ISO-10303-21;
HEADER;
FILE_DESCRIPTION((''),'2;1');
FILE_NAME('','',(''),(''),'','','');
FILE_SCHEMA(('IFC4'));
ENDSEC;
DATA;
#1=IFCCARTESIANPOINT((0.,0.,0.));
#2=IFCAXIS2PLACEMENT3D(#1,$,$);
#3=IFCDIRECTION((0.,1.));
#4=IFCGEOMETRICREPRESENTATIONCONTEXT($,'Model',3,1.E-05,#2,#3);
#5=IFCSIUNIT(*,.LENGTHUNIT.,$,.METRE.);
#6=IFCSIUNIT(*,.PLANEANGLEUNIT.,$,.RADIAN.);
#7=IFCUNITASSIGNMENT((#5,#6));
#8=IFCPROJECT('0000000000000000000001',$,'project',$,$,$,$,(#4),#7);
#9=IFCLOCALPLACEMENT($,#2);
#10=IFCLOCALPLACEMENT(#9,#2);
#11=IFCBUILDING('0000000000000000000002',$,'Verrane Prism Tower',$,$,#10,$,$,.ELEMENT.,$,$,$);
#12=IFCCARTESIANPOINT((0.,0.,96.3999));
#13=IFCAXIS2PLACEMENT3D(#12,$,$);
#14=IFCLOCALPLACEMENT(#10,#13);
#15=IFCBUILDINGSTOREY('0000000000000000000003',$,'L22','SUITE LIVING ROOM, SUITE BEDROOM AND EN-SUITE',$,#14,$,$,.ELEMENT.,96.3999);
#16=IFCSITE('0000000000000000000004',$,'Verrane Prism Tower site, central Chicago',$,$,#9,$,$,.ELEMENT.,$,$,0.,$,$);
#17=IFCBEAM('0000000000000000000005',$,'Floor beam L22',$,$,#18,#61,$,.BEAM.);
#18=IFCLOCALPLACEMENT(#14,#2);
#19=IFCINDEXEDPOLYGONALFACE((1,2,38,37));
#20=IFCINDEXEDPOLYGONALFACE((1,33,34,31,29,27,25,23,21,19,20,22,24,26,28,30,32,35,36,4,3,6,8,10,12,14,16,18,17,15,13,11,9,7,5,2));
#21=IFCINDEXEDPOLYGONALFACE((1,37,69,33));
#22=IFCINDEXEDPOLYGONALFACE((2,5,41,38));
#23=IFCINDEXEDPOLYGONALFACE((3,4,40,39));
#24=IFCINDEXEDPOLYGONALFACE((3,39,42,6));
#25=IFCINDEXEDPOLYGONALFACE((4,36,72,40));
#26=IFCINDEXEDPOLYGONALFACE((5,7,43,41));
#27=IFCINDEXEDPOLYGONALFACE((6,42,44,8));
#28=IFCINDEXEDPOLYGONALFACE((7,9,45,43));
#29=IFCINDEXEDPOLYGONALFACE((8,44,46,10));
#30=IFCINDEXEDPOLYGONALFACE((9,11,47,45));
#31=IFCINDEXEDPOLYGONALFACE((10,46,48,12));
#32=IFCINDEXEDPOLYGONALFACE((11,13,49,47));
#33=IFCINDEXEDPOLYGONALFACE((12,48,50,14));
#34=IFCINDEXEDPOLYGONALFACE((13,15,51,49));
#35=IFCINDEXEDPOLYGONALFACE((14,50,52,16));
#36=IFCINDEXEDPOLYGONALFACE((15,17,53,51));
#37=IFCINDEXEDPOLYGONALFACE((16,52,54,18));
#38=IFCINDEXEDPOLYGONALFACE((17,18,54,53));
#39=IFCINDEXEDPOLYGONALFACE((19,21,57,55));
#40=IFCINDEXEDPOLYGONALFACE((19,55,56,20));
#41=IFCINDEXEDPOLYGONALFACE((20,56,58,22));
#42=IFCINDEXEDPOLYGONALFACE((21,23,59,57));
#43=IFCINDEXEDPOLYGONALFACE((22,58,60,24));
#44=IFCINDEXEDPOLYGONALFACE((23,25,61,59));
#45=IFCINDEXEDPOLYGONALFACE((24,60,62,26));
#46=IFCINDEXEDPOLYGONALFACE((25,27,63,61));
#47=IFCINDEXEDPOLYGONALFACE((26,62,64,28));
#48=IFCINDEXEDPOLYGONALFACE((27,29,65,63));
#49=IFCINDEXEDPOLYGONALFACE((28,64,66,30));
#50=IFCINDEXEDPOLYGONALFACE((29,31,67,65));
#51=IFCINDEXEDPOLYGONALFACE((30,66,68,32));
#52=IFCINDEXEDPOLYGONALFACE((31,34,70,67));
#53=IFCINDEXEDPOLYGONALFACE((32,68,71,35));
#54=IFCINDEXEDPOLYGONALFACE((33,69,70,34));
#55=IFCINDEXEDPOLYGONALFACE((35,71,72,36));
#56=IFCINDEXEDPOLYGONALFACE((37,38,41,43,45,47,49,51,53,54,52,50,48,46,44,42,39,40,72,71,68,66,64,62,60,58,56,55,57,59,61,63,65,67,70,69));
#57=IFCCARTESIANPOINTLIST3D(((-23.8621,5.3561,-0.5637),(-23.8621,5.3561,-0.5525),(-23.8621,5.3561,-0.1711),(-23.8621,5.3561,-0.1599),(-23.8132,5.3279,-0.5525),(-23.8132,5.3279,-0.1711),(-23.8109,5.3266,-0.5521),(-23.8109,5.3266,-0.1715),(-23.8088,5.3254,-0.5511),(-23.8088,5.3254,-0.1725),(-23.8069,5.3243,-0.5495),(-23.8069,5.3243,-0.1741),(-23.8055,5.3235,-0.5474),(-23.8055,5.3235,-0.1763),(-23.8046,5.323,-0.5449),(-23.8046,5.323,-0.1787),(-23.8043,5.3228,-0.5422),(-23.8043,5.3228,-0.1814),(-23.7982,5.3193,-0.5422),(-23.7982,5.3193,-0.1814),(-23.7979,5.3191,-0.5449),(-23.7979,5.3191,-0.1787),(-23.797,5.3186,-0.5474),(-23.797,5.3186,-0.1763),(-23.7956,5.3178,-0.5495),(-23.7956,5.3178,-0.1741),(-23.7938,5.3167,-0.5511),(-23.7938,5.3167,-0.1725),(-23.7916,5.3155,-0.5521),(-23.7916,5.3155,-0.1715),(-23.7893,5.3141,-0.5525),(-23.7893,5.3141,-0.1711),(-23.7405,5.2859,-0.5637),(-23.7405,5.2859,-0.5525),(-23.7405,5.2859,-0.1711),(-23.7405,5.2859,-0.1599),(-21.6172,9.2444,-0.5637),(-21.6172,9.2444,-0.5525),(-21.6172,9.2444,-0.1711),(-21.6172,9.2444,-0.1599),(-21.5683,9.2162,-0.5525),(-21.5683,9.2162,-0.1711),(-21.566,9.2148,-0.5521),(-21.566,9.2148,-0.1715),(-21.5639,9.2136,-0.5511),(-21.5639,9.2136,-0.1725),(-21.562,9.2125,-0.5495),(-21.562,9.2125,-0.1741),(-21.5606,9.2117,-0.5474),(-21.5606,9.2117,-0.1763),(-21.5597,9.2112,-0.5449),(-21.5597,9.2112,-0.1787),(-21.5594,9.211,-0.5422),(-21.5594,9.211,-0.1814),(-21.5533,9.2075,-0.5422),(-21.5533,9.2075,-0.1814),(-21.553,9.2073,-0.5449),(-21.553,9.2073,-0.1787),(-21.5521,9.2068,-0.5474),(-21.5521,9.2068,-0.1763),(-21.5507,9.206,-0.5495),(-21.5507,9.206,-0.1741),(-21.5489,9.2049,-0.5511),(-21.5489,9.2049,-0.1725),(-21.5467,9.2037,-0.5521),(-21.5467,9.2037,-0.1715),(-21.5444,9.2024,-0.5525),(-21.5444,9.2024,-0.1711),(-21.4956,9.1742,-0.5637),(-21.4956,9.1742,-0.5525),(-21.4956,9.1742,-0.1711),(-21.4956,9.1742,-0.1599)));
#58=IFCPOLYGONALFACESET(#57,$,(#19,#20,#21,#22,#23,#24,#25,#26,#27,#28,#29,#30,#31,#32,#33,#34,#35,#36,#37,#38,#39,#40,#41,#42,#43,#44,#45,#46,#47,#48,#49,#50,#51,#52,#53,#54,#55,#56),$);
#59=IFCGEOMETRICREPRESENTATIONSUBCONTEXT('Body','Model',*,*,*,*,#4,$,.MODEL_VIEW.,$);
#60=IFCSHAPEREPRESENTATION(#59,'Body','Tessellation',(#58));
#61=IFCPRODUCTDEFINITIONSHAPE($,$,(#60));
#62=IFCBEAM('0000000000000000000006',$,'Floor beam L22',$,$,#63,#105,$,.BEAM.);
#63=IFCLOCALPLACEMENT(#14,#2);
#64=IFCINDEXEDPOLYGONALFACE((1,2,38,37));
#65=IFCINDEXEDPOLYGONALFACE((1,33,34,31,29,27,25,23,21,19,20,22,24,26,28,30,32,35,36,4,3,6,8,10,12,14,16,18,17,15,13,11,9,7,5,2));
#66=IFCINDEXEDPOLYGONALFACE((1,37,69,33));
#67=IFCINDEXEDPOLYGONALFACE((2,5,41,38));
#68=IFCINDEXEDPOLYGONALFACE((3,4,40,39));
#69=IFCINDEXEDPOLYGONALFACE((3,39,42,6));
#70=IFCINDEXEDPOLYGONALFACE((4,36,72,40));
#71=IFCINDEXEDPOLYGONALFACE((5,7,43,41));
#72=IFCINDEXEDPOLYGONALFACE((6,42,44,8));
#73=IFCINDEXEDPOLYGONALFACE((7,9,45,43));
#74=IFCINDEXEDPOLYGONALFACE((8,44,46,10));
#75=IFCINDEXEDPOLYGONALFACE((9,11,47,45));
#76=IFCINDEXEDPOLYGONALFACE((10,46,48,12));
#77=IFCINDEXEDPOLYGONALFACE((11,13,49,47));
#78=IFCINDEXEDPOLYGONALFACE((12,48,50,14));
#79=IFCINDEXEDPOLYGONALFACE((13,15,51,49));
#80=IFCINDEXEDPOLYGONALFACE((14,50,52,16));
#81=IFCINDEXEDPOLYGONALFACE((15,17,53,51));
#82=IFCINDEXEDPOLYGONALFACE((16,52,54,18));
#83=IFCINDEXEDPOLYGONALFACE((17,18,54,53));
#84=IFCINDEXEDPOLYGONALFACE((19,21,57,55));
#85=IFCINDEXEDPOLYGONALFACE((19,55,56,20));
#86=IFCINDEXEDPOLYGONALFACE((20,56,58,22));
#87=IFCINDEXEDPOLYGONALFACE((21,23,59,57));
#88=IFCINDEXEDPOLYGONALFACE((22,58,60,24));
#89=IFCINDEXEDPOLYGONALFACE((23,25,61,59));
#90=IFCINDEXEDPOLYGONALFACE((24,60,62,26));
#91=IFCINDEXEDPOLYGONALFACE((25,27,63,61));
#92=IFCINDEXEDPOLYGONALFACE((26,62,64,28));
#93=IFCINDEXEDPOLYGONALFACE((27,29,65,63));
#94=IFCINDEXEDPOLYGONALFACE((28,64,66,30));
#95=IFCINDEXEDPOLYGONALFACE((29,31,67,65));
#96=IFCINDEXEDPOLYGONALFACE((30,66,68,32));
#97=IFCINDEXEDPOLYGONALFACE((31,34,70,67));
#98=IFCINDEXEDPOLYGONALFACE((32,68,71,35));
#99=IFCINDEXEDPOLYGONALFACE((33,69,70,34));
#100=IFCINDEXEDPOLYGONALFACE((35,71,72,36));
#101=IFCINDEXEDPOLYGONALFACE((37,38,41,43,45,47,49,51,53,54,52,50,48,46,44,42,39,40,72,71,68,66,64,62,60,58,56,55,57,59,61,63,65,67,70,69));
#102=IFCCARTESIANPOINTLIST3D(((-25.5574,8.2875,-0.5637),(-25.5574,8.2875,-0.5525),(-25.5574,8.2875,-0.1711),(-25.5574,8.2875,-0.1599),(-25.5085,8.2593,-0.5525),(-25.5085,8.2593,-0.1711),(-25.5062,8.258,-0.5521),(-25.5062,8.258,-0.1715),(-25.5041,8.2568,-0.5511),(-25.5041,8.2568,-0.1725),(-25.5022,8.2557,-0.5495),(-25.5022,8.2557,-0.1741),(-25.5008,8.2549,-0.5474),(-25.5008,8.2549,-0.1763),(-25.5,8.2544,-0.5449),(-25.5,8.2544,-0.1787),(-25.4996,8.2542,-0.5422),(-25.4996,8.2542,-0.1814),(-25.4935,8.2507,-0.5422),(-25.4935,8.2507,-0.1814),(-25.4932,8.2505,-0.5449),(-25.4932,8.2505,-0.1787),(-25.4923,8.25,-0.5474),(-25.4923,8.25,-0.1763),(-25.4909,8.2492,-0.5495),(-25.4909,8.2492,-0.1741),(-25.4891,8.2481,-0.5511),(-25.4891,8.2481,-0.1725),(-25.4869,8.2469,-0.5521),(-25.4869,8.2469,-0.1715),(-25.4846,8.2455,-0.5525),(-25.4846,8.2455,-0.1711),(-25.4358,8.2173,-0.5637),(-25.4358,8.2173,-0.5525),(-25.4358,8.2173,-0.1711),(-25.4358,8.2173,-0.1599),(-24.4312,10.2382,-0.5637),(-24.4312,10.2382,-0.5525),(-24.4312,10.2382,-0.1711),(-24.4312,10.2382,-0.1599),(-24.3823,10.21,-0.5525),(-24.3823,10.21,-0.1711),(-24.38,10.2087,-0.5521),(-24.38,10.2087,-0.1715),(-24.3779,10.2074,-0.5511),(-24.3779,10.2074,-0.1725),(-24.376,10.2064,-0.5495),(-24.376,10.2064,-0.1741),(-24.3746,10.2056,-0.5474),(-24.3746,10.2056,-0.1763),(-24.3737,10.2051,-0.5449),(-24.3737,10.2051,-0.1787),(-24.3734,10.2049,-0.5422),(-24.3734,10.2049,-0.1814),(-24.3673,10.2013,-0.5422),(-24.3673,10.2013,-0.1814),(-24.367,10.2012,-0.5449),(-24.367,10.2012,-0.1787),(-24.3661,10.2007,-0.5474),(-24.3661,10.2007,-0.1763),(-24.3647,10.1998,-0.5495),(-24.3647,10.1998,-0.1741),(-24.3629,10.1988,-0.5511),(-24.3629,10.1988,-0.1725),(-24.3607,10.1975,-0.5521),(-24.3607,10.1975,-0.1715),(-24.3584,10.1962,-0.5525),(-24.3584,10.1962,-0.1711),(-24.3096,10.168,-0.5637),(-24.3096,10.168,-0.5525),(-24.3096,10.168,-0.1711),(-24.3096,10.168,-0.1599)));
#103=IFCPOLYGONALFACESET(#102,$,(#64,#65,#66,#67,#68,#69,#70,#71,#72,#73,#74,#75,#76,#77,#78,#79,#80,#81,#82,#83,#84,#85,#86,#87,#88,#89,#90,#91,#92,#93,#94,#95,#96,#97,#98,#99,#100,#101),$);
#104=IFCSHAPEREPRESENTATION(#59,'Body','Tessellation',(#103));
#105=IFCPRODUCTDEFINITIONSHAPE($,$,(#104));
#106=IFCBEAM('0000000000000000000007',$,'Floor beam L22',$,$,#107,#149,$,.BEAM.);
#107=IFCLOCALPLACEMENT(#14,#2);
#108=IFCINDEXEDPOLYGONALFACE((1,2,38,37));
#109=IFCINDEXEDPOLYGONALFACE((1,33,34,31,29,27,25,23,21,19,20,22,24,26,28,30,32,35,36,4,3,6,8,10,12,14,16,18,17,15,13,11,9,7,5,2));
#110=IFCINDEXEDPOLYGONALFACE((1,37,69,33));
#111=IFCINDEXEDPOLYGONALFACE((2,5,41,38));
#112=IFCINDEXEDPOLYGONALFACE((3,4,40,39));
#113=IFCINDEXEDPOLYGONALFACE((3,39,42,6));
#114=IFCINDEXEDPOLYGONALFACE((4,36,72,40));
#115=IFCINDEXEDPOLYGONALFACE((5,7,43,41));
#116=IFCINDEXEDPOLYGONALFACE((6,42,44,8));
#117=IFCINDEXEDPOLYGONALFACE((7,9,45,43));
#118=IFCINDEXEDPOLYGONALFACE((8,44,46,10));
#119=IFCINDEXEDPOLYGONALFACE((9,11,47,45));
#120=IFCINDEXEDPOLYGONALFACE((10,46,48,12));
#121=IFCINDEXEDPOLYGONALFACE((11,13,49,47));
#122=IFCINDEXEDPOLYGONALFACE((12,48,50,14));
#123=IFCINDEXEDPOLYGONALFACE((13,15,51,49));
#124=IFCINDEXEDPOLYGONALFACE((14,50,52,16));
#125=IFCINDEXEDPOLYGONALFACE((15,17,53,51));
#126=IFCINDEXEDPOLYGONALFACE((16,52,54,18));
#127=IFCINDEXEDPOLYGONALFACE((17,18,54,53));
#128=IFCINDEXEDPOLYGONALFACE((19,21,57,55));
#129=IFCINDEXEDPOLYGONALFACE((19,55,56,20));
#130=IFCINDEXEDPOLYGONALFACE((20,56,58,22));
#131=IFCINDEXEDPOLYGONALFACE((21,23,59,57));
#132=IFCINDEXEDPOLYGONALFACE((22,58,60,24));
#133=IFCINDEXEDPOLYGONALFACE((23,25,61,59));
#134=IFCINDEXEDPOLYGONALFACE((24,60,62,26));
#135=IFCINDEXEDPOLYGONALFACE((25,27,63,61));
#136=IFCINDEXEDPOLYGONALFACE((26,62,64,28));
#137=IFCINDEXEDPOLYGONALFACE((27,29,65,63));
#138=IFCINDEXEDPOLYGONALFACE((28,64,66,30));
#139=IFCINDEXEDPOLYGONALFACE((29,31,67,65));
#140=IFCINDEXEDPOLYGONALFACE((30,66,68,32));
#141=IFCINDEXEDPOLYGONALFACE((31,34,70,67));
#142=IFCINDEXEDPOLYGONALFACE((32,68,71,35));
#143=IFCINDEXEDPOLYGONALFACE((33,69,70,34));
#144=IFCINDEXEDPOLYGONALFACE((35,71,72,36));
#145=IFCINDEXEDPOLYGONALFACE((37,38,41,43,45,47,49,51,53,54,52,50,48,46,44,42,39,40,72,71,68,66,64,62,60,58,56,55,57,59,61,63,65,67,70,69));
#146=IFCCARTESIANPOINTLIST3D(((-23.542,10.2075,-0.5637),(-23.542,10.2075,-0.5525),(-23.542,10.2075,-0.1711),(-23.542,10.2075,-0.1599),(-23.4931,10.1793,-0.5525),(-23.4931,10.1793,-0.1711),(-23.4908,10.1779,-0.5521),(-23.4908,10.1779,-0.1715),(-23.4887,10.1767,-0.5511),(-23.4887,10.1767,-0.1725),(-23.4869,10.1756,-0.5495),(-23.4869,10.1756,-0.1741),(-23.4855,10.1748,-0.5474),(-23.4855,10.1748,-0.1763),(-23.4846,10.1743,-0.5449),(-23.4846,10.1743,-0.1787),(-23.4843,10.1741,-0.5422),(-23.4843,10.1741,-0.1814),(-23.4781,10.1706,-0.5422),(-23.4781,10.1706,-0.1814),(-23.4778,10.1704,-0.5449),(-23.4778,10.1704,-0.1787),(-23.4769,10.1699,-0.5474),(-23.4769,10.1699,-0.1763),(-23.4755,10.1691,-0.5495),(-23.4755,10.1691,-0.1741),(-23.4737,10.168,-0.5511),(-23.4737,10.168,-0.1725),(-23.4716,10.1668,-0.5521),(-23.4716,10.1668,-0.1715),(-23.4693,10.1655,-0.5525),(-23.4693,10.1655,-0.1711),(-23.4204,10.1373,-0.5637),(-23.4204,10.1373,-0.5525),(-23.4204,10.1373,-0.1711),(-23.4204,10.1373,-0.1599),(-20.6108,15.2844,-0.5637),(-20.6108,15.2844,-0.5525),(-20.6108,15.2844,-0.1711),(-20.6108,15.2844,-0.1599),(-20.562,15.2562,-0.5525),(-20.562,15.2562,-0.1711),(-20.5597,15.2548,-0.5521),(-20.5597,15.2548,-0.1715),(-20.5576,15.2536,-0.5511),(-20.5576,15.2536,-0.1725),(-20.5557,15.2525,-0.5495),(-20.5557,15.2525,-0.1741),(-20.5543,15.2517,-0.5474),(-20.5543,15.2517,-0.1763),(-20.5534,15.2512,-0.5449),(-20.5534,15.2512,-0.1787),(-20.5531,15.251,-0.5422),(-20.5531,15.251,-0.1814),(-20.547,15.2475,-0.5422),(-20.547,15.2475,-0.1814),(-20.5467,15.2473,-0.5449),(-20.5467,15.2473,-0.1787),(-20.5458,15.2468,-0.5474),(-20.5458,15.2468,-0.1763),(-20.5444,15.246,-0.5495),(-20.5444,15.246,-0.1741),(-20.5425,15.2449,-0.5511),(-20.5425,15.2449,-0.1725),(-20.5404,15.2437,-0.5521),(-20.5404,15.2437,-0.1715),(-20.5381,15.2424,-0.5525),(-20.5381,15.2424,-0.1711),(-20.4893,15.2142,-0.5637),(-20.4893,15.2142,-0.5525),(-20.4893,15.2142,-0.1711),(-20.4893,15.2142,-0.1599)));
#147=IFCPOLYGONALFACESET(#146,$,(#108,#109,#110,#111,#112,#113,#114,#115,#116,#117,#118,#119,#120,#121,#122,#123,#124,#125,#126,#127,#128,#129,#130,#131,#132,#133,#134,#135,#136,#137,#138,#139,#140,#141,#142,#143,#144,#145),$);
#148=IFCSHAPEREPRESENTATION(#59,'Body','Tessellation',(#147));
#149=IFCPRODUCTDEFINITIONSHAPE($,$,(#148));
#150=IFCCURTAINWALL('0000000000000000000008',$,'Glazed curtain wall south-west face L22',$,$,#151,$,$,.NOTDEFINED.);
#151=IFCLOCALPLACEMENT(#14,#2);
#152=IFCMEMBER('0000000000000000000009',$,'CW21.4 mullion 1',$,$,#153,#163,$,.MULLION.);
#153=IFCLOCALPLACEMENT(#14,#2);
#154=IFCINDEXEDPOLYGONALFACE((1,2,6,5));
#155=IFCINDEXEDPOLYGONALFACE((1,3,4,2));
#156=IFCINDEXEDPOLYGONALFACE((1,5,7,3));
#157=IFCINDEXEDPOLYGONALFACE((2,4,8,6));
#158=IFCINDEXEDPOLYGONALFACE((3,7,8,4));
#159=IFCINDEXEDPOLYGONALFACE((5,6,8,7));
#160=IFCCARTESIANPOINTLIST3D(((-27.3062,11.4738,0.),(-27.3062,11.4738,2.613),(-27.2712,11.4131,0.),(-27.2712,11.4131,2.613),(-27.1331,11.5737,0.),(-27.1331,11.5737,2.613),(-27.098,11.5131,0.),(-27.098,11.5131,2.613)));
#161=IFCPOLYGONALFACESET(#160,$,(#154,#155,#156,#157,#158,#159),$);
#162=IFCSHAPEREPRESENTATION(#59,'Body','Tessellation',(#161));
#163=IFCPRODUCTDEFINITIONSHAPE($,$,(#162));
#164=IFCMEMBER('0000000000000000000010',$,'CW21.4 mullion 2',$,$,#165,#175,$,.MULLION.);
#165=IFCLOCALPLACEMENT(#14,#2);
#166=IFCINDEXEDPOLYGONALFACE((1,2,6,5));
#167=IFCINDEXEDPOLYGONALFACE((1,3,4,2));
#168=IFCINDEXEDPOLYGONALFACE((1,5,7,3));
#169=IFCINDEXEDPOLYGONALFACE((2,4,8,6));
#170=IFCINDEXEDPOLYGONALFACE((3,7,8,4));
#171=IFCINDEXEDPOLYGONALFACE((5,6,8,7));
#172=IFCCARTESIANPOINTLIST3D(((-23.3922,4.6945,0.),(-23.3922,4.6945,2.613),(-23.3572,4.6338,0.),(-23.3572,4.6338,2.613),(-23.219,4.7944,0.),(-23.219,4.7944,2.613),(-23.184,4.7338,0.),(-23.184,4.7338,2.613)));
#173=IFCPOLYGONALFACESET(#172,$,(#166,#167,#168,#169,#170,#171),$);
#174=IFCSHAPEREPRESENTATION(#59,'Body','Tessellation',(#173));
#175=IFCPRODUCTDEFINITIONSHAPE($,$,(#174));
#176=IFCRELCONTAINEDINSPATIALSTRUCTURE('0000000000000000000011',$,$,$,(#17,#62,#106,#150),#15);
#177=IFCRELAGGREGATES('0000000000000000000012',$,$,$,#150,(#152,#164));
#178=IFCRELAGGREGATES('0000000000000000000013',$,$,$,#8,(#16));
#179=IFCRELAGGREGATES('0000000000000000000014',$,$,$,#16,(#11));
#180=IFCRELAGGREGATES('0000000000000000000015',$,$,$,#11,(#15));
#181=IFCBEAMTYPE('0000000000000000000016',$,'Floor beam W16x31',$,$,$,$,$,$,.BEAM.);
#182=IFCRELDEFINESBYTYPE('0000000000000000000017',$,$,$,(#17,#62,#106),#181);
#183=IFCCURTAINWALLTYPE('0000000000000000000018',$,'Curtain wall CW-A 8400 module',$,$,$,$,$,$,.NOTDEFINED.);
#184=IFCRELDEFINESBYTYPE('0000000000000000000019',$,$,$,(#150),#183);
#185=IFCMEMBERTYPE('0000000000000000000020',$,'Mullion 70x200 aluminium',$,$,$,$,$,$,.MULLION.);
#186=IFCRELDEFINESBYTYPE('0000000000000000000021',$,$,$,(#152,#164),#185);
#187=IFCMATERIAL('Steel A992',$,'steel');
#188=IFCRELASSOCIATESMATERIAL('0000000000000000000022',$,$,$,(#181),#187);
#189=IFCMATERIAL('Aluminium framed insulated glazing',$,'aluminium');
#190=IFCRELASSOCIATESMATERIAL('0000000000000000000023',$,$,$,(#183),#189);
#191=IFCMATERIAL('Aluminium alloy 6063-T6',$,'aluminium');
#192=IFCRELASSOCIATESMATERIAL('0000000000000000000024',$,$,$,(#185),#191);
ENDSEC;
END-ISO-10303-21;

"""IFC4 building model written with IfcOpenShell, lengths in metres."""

from ifc_helpers import new_model, si_unit, direction, frame, origin, origin_2d, place, context, subcontext, project, spatial, rectangle, i_section, extrude, material, material_profile, profile_set, type_object, element, aggregate, save


model = new_model("IFC4")

# Units and contexts
model_context = context("Model", 3, precision=1e-05, world=origin(), true_north=direction((0.0, 1.0)))
body_context = subcontext(model_context, "Body", "Model", "MODEL_VIEW")
ifc_project = project(units=[si_unit("LENGTHUNIT", "METRE"), si_unit("PLANEANGLEUNIT", "RADIAN")], contexts=[model_context])

# Site, building, storey
site_placement = place(None, origin())
site = spatial("IfcSite", under=ifc_project, at=site_placement, Name="Verrane Prism Tower site, central Chicago", CompositionType="ELEMENT", RefElevation=0.0)
building_placement = place(site_placement, origin())
building = spatial("IfcBuilding", under=site, at=building_placement, Name="Verrane Prism Tower", CompositionType="ELEMENT")
storey_placement = place(building_placement, frame((0.0, 0.0, 96.3999)))
storey = spatial("IfcBuildingStorey", under=building, at=storey_placement, Name="L22", Description="SUITE LIVING ROOM, SUITE BEDROOM AND EN-SUITE", CompositionType="ELEMENT", Elevation=96.3999)

# Beams
ifc_material_1 = material(Name="Steel A992", Category="steel")
ifc_material_profile_1 = material_profile(ifc_material_1, i_section(OverallWidth=0.1404, OverallDepth=0.4038, WebThickness=0.0071, FlangeThickness=0.0112, FilletRadius=0.0103, at=origin_2d()), Name="W16x31")
ifc_profile_set_1 = profile_set([ifc_material_profile_1], Name="Steel A992")
beam_type_1 = type_object("IfcBeamType", Name="Floor beam W16x31", PredefinedType="BEAM", material=ifc_profile_set_1)
beam_1_placement = place(storey_placement, frame((-23.8013, 5.321, -0.3618), z_axis=(0.500005, 0.866023, 0.0), x_axis=(-0.866023, 0.500005, 0.0)))
element("IfcBeam", 1, at=beam_1_placement, inside=storey, type_object=beam_type_1, Name="Floor beam L22", PredefinedType="BEAM", context=body_context, shape_type="SweptSolid", body=[
    extrude(i_section(OverallWidth=0.1404, OverallDepth=0.4038, WebThickness=0.0071, FlangeThickness=0.0112, FilletRadius=0.0103, at=origin_2d()), origin(), (0.0, 0.0, 1.0), 4.4897),
])
beam_2_placement = place(storey_placement, frame((-25.4966, 8.2524, -0.3618), z_axis=(0.499998, 0.866027, 0.0), x_axis=(-0.866027, 0.499998, 0.0)))
element("IfcBeam", 2, at=beam_2_placement, inside=storey, type_object=beam_type_1, Name="Floor beam L22", PredefinedType="BEAM", context=body_context, shape_type="SweptSolid", body=[
    extrude(i_section(OverallWidth=0.1404, OverallDepth=0.4038, WebThickness=0.0071, FlangeThickness=0.0112, FilletRadius=0.0103, at=origin_2d()), origin(), (0.0, 0.0, 1.0), 2.2524),
])
beam_3_placement = place(storey_placement, frame((-23.4812, 10.1724, -0.3618), z_axis=(0.5, 0.866025, 0.0), x_axis=(-0.866025, 0.5, 0.0)))
element("IfcBeam", 3, at=beam_3_placement, inside=storey, type_object=beam_type_1, Name="Floor beam L22", PredefinedType="BEAM", context=body_context, shape_type="SweptSolid", body=[
    extrude(i_section(OverallWidth=0.1404, OverallDepth=0.4038, WebThickness=0.0071, FlangeThickness=0.0112, FilletRadius=0.0103, at=origin_2d()), origin(), (0.0, 0.0, 1.0), 5.8623),
])

# Curtain wall, members
ifc_material_2 = material(Name="Aluminium framed insulated glazing", Category="aluminium")
curtain_wall_type = type_object("IfcCurtainWallType", Name="Curtain wall CW-A 8400 module", PredefinedType="NOTDEFINED", material=ifc_material_2)
curtain_wall_placement = place(storey_placement, origin())
curtain_wall = element("IfcCurtainWall", 4, at=curtain_wall_placement, inside=storey, type_object=curtain_wall_type, Name="Glazed curtain wall south-west face L22", PredefinedType="NOTDEFINED")
ifc_material_3 = material(Name="Aluminium alloy 6063-T6", Category="aluminium")
ifc_material_profile_2 = material_profile(ifc_material_3, rectangle(XDim=0.2, YDim=0.0701, at=origin_2d()), Name="Mullion 70x200 aluminium")
ifc_profile_set_2 = profile_set([ifc_material_profile_2], Name="Aluminium alloy 6063-T6")
member_type_1 = type_object("IfcMemberType", Name="Mullion 70x200 aluminium", PredefinedType="MULLION", material=ifc_profile_set_2)
member_1_placement = place(storey_placement, frame((-27.2021, 11.4934, 0.0), z_axis=(0.0, 0.0, 1.0), x_axis=(0.866026, 0.5, 0.0)))
member_1 = element("IfcMember", 5, at=member_1_placement, type_object=member_type_1, Name="CW21.4 mullion 1", PredefinedType="MULLION", context=body_context, shape_type="SweptSolid", body=[
    extrude(rectangle(XDim=0.2, YDim=0.0701, at=origin_2d()), origin(), (0.0, 0.0, 1.0), 2.613),
])
member_2_placement = place(storey_placement, frame((-23.2881, 4.7141, 0.0), z_axis=(0.0, 0.0, 1.0), x_axis=(0.866026, 0.5, 0.0)))
member_2 = element("IfcMember", 6, at=member_2_placement, type_object=member_type_1, Name="CW21.4 mullion 2", PredefinedType="MULLION", context=body_context, shape_type="SweptSolid", body=[
    extrude(rectangle(XDim=0.2, YDim=0.0701, at=origin_2d()), origin(), (0.0, 0.0, 1.0), 2.613),
])

aggregate(curtain_wall, [member_1, member_2])

save(model, "model.ifc")
